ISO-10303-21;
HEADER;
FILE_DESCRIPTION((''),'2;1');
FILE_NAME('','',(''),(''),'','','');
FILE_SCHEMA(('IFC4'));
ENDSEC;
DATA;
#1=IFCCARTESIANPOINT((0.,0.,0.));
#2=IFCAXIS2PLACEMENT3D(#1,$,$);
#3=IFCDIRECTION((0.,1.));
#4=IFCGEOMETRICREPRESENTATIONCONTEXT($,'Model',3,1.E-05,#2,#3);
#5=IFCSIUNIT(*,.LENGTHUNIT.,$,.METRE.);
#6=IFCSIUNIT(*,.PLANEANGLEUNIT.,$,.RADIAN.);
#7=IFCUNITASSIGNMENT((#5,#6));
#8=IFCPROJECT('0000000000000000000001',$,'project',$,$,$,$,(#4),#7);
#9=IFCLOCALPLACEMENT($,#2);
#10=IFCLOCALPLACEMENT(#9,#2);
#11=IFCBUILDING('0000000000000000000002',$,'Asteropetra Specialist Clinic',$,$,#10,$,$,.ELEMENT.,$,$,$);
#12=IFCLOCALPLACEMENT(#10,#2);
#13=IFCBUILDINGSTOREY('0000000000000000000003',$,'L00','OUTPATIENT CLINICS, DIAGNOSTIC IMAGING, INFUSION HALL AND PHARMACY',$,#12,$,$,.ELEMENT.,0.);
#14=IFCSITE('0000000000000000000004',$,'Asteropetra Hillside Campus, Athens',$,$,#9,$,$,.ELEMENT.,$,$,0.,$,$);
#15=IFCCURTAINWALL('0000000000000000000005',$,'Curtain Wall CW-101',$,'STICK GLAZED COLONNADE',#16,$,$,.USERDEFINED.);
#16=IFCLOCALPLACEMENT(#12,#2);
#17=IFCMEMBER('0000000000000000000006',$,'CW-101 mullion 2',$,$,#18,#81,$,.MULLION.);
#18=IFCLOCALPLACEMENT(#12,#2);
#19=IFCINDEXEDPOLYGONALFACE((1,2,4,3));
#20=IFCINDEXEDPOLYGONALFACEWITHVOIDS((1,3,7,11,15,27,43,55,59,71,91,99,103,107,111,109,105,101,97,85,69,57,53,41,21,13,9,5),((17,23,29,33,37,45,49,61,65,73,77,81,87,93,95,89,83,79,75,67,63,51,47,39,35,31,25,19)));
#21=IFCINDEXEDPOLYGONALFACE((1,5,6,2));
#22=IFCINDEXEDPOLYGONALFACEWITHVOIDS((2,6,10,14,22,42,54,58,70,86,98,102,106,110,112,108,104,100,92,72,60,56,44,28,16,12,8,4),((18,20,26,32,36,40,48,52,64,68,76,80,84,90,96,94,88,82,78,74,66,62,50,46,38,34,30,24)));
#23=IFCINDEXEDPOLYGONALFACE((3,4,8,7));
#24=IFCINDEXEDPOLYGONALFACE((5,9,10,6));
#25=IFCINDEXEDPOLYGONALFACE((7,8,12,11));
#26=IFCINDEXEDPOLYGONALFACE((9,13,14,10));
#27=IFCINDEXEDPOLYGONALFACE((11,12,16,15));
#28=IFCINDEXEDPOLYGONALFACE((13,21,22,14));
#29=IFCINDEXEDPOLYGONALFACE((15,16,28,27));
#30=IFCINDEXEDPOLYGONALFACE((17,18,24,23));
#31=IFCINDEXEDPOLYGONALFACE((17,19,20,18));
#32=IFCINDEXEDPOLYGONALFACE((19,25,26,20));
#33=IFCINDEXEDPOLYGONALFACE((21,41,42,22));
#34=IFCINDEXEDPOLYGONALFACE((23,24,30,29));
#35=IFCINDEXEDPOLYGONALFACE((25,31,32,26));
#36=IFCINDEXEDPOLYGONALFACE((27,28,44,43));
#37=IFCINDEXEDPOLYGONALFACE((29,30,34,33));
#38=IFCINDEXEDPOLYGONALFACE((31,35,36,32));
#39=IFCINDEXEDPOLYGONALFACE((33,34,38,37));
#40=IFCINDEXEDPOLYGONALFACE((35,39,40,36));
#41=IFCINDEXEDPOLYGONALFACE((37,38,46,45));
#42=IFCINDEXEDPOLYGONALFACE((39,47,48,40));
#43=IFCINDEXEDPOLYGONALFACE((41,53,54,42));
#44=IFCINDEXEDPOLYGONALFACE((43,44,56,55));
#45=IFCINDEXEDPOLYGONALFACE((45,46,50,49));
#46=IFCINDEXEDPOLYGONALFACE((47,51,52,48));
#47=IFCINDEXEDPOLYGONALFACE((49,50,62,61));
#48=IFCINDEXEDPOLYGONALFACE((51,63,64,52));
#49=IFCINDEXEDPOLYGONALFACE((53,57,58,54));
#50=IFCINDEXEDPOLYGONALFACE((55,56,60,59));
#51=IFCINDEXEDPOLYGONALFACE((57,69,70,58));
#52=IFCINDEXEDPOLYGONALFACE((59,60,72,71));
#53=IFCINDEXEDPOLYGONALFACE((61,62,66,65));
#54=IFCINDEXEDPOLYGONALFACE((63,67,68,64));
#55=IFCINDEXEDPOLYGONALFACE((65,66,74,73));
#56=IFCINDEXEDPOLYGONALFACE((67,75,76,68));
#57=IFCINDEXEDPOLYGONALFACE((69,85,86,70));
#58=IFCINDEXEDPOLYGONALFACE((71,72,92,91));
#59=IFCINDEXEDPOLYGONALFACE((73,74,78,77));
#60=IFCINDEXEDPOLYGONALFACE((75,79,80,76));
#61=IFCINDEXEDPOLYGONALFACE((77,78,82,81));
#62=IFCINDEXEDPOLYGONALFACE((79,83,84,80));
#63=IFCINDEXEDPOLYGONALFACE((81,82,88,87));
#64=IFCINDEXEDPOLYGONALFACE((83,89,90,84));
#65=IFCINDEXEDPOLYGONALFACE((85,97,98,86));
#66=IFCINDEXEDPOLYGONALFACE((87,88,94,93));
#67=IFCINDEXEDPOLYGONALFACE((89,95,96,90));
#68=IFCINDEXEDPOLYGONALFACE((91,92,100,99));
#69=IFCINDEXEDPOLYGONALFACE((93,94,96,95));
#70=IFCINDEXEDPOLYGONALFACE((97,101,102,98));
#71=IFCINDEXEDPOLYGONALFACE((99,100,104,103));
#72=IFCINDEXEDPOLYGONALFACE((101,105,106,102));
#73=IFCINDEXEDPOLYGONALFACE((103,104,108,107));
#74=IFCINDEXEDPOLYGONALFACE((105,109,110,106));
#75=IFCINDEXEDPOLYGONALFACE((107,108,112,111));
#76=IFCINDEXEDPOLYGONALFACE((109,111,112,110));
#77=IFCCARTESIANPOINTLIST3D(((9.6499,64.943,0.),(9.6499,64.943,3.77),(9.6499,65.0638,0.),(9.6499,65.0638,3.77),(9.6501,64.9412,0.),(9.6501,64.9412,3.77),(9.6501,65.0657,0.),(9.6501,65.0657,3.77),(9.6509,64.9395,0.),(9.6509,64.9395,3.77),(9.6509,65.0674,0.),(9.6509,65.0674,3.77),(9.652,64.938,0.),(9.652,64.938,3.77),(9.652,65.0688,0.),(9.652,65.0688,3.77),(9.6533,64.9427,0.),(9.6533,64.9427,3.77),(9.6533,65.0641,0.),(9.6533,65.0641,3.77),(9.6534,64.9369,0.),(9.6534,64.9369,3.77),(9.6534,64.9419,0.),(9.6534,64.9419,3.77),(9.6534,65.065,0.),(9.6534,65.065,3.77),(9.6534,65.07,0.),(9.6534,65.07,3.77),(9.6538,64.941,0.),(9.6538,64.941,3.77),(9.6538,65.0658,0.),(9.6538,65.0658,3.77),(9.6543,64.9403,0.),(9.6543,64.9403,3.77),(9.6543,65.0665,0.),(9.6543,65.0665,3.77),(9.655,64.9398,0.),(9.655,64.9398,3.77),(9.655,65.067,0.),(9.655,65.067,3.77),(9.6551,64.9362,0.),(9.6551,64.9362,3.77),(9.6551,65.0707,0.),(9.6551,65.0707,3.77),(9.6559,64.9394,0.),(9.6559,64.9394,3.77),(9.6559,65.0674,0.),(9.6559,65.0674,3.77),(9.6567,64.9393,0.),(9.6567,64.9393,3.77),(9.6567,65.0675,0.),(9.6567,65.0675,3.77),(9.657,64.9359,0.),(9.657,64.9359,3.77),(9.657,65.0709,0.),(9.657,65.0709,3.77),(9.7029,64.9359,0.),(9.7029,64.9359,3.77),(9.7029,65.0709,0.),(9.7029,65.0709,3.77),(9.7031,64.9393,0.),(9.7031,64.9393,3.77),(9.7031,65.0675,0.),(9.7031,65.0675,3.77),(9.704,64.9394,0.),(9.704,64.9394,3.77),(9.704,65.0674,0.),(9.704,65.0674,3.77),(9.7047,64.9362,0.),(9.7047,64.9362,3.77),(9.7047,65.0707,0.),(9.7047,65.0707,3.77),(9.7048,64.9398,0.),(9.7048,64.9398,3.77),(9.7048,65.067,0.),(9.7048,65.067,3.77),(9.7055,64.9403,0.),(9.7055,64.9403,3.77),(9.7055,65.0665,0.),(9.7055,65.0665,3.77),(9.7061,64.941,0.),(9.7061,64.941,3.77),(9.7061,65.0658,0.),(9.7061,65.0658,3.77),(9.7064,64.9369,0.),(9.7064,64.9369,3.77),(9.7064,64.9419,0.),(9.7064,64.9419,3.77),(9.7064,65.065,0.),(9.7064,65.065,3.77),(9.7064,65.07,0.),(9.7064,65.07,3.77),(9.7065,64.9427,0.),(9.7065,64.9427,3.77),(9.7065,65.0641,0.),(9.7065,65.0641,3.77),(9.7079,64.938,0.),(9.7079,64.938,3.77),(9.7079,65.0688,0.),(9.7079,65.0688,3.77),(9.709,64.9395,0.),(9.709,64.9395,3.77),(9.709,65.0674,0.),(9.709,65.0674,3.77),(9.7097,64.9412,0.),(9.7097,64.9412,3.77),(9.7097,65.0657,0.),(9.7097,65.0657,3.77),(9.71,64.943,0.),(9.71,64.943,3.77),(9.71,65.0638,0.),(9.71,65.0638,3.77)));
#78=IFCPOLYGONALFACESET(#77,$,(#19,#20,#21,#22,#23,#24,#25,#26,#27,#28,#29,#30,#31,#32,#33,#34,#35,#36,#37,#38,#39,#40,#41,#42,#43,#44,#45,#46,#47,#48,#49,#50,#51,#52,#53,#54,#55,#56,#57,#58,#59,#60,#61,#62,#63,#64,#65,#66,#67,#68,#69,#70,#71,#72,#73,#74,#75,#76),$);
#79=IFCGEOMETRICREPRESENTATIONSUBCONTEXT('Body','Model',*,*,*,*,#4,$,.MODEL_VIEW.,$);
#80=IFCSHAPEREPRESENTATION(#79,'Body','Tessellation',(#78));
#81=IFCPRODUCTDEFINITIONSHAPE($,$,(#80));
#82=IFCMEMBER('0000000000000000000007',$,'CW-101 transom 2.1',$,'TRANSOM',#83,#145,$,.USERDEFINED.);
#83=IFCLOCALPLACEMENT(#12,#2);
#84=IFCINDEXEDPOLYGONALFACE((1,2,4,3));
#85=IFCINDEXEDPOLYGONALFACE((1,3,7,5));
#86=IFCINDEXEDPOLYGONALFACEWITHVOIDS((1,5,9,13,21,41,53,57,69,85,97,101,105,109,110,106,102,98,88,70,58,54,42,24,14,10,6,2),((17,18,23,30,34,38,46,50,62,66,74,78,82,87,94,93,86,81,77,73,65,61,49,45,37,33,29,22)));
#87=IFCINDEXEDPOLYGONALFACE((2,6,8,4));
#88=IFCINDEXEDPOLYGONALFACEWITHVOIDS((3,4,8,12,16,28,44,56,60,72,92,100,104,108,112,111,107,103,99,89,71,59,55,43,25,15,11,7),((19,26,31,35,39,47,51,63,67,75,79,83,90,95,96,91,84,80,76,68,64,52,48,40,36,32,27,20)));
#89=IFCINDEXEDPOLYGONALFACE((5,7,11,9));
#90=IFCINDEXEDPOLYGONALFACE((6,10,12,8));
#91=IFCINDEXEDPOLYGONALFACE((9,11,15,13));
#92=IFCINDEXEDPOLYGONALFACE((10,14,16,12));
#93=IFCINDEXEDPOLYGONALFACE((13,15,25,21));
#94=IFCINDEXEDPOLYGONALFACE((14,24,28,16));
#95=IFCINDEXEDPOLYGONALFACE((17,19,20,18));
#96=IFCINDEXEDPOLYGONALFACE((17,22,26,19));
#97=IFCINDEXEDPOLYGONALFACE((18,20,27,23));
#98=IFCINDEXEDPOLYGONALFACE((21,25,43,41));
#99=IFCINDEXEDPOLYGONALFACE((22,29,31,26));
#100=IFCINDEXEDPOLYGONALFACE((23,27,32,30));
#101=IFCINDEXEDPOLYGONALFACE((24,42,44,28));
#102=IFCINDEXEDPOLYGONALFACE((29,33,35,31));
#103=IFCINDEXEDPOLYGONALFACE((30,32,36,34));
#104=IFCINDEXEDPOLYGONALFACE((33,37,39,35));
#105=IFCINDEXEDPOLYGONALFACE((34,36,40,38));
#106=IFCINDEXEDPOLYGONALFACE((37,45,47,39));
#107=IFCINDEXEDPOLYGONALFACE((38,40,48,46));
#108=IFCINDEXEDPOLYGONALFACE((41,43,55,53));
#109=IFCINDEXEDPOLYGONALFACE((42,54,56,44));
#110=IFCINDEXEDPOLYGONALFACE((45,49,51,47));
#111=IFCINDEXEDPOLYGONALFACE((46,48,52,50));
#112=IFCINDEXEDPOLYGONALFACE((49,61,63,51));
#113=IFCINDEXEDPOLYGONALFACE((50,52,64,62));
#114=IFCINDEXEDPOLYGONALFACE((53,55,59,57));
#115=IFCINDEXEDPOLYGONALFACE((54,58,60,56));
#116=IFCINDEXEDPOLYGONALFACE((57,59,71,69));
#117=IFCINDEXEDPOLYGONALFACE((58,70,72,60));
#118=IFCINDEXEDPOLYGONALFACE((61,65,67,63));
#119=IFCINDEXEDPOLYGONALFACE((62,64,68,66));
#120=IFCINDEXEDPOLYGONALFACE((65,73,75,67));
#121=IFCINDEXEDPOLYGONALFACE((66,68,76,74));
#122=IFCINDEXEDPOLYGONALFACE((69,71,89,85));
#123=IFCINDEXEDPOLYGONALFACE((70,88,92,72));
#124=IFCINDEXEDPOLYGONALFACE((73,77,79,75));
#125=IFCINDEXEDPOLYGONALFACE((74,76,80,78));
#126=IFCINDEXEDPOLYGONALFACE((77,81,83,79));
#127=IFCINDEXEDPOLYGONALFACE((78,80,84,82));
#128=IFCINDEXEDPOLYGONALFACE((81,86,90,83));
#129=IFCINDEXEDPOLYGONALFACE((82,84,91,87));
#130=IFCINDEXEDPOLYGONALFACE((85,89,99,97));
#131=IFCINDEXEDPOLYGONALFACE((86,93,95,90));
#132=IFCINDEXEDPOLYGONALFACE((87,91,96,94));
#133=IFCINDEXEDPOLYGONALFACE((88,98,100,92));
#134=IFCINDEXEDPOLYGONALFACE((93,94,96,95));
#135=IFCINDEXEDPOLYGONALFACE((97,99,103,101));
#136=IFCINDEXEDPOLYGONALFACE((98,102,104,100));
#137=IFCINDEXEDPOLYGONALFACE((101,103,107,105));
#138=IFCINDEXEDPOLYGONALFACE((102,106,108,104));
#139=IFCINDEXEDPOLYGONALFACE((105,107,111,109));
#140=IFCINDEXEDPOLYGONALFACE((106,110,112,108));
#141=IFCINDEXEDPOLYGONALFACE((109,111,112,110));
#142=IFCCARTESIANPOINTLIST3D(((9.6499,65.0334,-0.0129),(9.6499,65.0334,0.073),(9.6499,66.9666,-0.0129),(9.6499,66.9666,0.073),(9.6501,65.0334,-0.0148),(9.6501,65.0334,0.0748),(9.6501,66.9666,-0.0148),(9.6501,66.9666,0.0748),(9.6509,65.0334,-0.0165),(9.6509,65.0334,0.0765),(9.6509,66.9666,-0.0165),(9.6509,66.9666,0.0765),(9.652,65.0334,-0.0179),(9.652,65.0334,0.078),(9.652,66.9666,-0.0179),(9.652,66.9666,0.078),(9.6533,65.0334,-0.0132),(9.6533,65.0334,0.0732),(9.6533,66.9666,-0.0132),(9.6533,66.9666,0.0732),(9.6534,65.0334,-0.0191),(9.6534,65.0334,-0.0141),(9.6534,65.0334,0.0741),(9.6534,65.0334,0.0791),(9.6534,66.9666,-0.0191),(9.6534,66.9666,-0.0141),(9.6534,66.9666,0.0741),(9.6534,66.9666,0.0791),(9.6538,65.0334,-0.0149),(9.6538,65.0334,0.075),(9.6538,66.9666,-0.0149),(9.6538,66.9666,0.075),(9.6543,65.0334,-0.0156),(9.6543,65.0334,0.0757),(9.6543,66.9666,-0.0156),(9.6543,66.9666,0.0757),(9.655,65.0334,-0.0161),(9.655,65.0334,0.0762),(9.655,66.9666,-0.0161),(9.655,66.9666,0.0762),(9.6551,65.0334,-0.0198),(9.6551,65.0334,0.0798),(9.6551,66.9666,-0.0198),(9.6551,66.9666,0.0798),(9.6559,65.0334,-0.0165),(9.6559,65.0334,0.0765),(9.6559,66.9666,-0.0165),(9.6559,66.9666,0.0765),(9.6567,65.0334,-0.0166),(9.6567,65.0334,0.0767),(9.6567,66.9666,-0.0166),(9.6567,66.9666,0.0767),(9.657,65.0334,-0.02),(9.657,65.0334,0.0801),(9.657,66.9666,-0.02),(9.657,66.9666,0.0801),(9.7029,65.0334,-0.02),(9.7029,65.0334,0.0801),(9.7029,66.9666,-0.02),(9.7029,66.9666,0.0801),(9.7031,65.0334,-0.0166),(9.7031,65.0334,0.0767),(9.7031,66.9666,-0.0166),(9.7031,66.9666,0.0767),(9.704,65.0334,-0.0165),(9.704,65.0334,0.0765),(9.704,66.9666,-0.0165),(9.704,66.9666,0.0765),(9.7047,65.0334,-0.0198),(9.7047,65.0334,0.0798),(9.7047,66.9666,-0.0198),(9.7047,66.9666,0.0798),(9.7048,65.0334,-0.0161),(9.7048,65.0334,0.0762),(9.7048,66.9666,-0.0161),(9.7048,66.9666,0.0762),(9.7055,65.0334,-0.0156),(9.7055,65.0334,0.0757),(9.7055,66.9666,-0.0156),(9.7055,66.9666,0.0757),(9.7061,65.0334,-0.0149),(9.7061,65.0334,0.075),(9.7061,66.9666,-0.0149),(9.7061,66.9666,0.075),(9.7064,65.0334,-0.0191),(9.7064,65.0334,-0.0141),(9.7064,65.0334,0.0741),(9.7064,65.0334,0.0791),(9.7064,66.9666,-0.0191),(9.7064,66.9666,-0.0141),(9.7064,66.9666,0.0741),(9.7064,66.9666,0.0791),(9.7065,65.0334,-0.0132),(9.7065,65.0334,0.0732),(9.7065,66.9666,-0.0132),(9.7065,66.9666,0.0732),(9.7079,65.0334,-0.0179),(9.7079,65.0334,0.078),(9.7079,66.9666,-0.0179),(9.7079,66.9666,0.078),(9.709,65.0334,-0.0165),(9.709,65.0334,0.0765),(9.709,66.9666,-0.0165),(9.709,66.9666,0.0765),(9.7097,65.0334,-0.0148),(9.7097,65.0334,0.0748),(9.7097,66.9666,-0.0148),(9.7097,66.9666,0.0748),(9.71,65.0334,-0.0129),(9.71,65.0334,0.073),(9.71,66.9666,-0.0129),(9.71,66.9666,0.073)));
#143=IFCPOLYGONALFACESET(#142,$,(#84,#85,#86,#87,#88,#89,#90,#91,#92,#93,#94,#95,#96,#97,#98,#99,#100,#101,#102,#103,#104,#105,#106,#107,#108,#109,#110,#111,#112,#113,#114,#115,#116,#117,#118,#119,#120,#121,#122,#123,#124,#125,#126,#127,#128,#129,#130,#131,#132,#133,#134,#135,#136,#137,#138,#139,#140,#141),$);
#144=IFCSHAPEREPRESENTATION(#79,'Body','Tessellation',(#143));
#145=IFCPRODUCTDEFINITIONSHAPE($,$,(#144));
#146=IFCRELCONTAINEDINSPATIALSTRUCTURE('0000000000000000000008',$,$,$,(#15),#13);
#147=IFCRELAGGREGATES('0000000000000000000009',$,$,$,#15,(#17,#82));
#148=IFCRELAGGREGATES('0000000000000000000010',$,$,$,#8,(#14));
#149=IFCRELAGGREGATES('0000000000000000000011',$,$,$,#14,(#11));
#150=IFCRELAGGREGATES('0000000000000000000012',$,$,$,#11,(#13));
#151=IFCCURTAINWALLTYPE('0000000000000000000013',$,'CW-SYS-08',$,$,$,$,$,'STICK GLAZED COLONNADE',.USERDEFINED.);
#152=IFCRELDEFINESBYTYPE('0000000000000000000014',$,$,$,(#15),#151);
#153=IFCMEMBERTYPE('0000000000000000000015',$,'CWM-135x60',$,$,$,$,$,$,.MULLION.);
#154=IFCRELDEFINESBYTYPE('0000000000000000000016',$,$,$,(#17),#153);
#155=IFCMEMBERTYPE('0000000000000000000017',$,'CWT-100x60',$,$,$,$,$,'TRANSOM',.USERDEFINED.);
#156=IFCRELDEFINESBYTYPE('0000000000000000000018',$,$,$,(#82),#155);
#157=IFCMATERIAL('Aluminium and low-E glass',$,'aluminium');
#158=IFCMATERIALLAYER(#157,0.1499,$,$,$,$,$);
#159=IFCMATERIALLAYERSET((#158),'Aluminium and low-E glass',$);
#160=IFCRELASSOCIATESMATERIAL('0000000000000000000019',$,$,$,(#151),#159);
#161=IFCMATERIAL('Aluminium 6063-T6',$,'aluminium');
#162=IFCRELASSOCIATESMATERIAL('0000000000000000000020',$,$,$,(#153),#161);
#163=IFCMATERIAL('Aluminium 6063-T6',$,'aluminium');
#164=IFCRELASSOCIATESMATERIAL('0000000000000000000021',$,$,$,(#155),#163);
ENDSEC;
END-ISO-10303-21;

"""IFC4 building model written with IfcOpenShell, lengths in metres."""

from ifc_helpers import new_model, si_unit, direction, frame, origin, origin_2d, place, context, subcontext, project, spatial, hollow_rectangle, extrude, material, layer, layer_set, material_profile, profile_set, type_object, element, aggregate, save


model = new_model("IFC4")

# Units and contexts
model_context = context("Model", 3, precision=1e-05, world=origin(), true_north=direction((0.0, 1.0)))
body_context = subcontext(model_context, "Body", "Model", "MODEL_VIEW")
ifc_project = project(units=[si_unit("LENGTHUNIT", "METRE"), si_unit("PLANEANGLEUNIT", "RADIAN")], contexts=[model_context])

# Site, building, storey
site_placement = place(None, origin())
site = spatial("IfcSite", under=ifc_project, at=site_placement, Name="Asteropetra Hillside Campus, Athens", CompositionType="ELEMENT", RefElevation=0.0)
building_placement = place(site_placement, origin())
building = spatial("IfcBuilding", under=site, at=building_placement, Name="Asteropetra Specialist Clinic", CompositionType="ELEMENT")
storey_placement = place(building_placement, origin())
storey = spatial("IfcBuildingStorey", under=building, at=storey_placement, Name="L00", Description="OUTPATIENT CLINICS, DIAGNOSTIC IMAGING, INFUSION HALL AND PHARMACY", CompositionType="ELEMENT", Elevation=0.0)

# Curtain wall, members
ifc_material_1 = material(Name="Aluminium and low-E glass", Category="aluminium")
ifc_layer_1 = layer(ifc_material_1, 0.1499)
ifc_layer_set_1 = layer_set([ifc_layer_1], Name="Aluminium and low-E glass")
curtain_wall_type = type_object("IfcCurtainWallType", Name="CW-SYS-08", ElementType="STICK GLAZED COLONNADE", PredefinedType="USERDEFINED", material=ifc_layer_set_1)
curtain_wall_placement = place(storey_placement, origin())
curtain_wall = element("IfcCurtainWall", 1, at=curtain_wall_placement, inside=storey, type_object=curtain_wall_type, Name="Curtain Wall CW-101", ObjectType="STICK GLAZED COLONNADE", PredefinedType="USERDEFINED")
ifc_material_2 = material(Name="Aluminium 6063-T6", Category="aluminium")
ifc_material_profile_1 = material_profile(ifc_material_2, hollow_rectangle(XDim=0.0601, YDim=0.135, WallThickness=0.0034, InnerFilletRadius=0.0034, OuterFilletRadius=0.0071, at=origin_2d()), Name="MUL 135x60x3.5")
ifc_profile_set_1 = profile_set([ifc_material_profile_1], Name="Aluminium 6063-T6")
member_type_1 = type_object("IfcMemberType", Name="CWM-135x60", PredefinedType="MULLION", material=ifc_profile_set_1)
member_1_placement = place(storey_placement, frame((9.6799, 65.0034, 0.0), z_axis=(0.0, 0.0, 1.0), x_axis=(-1.0, 0.0, 0.0)))
member_1 = element("IfcMember", 2, at=member_1_placement, type_object=member_type_1, Name="CW-101 mullion 2", PredefinedType="MULLION", context=body_context, shape_type="SweptSolid", body=[
    extrude(hollow_rectangle(XDim=0.0601, YDim=0.135, WallThickness=0.0034, InnerFilletRadius=0.0034, OuterFilletRadius=0.0071, at=origin_2d()), origin(), (0.0, 0.0, 1.0), 3.77),
])
ifc_material_3 = material(Name="Aluminium 6063-T6", Category="aluminium")
ifc_material_profile_2 = material_profile(ifc_material_3, hollow_rectangle(XDim=0.0601, YDim=0.1001, WallThickness=0.0034, InnerFilletRadius=0.0034, OuterFilletRadius=0.0071, at=origin_2d()), Name="TRN 100x60x3.5")
ifc_profile_set_2 = profile_set([ifc_material_profile_2], Name="Aluminium 6063-T6")
member_type_2 = type_object("IfcMemberType", Name="CWT-100x60", ElementType="TRANSOM", PredefinedType="USERDEFINED", material=ifc_profile_set_2)
member_2_placement = place(storey_placement, frame((9.6799, 65.0334, 0.03), z_axis=(0.0, 1.0, 0.0), x_axis=(-1.0, 0.0, 0.0)))
member_2 = element("IfcMember", 3, at=member_2_placement, type_object=member_type_2, Name="CW-101 transom 2.1", ObjectType="TRANSOM", PredefinedType="USERDEFINED", context=body_context, shape_type="SweptSolid", body=[
    extrude(hollow_rectangle(XDim=0.0601, YDim=0.1001, WallThickness=0.0034, InnerFilletRadius=0.0034, OuterFilletRadius=0.0071, at=origin_2d()), origin(), (0.0, 0.0, 1.0), 1.9331),
])
aggregate(curtain_wall, [member_1, member_2])

save(model, "model.ifc")
